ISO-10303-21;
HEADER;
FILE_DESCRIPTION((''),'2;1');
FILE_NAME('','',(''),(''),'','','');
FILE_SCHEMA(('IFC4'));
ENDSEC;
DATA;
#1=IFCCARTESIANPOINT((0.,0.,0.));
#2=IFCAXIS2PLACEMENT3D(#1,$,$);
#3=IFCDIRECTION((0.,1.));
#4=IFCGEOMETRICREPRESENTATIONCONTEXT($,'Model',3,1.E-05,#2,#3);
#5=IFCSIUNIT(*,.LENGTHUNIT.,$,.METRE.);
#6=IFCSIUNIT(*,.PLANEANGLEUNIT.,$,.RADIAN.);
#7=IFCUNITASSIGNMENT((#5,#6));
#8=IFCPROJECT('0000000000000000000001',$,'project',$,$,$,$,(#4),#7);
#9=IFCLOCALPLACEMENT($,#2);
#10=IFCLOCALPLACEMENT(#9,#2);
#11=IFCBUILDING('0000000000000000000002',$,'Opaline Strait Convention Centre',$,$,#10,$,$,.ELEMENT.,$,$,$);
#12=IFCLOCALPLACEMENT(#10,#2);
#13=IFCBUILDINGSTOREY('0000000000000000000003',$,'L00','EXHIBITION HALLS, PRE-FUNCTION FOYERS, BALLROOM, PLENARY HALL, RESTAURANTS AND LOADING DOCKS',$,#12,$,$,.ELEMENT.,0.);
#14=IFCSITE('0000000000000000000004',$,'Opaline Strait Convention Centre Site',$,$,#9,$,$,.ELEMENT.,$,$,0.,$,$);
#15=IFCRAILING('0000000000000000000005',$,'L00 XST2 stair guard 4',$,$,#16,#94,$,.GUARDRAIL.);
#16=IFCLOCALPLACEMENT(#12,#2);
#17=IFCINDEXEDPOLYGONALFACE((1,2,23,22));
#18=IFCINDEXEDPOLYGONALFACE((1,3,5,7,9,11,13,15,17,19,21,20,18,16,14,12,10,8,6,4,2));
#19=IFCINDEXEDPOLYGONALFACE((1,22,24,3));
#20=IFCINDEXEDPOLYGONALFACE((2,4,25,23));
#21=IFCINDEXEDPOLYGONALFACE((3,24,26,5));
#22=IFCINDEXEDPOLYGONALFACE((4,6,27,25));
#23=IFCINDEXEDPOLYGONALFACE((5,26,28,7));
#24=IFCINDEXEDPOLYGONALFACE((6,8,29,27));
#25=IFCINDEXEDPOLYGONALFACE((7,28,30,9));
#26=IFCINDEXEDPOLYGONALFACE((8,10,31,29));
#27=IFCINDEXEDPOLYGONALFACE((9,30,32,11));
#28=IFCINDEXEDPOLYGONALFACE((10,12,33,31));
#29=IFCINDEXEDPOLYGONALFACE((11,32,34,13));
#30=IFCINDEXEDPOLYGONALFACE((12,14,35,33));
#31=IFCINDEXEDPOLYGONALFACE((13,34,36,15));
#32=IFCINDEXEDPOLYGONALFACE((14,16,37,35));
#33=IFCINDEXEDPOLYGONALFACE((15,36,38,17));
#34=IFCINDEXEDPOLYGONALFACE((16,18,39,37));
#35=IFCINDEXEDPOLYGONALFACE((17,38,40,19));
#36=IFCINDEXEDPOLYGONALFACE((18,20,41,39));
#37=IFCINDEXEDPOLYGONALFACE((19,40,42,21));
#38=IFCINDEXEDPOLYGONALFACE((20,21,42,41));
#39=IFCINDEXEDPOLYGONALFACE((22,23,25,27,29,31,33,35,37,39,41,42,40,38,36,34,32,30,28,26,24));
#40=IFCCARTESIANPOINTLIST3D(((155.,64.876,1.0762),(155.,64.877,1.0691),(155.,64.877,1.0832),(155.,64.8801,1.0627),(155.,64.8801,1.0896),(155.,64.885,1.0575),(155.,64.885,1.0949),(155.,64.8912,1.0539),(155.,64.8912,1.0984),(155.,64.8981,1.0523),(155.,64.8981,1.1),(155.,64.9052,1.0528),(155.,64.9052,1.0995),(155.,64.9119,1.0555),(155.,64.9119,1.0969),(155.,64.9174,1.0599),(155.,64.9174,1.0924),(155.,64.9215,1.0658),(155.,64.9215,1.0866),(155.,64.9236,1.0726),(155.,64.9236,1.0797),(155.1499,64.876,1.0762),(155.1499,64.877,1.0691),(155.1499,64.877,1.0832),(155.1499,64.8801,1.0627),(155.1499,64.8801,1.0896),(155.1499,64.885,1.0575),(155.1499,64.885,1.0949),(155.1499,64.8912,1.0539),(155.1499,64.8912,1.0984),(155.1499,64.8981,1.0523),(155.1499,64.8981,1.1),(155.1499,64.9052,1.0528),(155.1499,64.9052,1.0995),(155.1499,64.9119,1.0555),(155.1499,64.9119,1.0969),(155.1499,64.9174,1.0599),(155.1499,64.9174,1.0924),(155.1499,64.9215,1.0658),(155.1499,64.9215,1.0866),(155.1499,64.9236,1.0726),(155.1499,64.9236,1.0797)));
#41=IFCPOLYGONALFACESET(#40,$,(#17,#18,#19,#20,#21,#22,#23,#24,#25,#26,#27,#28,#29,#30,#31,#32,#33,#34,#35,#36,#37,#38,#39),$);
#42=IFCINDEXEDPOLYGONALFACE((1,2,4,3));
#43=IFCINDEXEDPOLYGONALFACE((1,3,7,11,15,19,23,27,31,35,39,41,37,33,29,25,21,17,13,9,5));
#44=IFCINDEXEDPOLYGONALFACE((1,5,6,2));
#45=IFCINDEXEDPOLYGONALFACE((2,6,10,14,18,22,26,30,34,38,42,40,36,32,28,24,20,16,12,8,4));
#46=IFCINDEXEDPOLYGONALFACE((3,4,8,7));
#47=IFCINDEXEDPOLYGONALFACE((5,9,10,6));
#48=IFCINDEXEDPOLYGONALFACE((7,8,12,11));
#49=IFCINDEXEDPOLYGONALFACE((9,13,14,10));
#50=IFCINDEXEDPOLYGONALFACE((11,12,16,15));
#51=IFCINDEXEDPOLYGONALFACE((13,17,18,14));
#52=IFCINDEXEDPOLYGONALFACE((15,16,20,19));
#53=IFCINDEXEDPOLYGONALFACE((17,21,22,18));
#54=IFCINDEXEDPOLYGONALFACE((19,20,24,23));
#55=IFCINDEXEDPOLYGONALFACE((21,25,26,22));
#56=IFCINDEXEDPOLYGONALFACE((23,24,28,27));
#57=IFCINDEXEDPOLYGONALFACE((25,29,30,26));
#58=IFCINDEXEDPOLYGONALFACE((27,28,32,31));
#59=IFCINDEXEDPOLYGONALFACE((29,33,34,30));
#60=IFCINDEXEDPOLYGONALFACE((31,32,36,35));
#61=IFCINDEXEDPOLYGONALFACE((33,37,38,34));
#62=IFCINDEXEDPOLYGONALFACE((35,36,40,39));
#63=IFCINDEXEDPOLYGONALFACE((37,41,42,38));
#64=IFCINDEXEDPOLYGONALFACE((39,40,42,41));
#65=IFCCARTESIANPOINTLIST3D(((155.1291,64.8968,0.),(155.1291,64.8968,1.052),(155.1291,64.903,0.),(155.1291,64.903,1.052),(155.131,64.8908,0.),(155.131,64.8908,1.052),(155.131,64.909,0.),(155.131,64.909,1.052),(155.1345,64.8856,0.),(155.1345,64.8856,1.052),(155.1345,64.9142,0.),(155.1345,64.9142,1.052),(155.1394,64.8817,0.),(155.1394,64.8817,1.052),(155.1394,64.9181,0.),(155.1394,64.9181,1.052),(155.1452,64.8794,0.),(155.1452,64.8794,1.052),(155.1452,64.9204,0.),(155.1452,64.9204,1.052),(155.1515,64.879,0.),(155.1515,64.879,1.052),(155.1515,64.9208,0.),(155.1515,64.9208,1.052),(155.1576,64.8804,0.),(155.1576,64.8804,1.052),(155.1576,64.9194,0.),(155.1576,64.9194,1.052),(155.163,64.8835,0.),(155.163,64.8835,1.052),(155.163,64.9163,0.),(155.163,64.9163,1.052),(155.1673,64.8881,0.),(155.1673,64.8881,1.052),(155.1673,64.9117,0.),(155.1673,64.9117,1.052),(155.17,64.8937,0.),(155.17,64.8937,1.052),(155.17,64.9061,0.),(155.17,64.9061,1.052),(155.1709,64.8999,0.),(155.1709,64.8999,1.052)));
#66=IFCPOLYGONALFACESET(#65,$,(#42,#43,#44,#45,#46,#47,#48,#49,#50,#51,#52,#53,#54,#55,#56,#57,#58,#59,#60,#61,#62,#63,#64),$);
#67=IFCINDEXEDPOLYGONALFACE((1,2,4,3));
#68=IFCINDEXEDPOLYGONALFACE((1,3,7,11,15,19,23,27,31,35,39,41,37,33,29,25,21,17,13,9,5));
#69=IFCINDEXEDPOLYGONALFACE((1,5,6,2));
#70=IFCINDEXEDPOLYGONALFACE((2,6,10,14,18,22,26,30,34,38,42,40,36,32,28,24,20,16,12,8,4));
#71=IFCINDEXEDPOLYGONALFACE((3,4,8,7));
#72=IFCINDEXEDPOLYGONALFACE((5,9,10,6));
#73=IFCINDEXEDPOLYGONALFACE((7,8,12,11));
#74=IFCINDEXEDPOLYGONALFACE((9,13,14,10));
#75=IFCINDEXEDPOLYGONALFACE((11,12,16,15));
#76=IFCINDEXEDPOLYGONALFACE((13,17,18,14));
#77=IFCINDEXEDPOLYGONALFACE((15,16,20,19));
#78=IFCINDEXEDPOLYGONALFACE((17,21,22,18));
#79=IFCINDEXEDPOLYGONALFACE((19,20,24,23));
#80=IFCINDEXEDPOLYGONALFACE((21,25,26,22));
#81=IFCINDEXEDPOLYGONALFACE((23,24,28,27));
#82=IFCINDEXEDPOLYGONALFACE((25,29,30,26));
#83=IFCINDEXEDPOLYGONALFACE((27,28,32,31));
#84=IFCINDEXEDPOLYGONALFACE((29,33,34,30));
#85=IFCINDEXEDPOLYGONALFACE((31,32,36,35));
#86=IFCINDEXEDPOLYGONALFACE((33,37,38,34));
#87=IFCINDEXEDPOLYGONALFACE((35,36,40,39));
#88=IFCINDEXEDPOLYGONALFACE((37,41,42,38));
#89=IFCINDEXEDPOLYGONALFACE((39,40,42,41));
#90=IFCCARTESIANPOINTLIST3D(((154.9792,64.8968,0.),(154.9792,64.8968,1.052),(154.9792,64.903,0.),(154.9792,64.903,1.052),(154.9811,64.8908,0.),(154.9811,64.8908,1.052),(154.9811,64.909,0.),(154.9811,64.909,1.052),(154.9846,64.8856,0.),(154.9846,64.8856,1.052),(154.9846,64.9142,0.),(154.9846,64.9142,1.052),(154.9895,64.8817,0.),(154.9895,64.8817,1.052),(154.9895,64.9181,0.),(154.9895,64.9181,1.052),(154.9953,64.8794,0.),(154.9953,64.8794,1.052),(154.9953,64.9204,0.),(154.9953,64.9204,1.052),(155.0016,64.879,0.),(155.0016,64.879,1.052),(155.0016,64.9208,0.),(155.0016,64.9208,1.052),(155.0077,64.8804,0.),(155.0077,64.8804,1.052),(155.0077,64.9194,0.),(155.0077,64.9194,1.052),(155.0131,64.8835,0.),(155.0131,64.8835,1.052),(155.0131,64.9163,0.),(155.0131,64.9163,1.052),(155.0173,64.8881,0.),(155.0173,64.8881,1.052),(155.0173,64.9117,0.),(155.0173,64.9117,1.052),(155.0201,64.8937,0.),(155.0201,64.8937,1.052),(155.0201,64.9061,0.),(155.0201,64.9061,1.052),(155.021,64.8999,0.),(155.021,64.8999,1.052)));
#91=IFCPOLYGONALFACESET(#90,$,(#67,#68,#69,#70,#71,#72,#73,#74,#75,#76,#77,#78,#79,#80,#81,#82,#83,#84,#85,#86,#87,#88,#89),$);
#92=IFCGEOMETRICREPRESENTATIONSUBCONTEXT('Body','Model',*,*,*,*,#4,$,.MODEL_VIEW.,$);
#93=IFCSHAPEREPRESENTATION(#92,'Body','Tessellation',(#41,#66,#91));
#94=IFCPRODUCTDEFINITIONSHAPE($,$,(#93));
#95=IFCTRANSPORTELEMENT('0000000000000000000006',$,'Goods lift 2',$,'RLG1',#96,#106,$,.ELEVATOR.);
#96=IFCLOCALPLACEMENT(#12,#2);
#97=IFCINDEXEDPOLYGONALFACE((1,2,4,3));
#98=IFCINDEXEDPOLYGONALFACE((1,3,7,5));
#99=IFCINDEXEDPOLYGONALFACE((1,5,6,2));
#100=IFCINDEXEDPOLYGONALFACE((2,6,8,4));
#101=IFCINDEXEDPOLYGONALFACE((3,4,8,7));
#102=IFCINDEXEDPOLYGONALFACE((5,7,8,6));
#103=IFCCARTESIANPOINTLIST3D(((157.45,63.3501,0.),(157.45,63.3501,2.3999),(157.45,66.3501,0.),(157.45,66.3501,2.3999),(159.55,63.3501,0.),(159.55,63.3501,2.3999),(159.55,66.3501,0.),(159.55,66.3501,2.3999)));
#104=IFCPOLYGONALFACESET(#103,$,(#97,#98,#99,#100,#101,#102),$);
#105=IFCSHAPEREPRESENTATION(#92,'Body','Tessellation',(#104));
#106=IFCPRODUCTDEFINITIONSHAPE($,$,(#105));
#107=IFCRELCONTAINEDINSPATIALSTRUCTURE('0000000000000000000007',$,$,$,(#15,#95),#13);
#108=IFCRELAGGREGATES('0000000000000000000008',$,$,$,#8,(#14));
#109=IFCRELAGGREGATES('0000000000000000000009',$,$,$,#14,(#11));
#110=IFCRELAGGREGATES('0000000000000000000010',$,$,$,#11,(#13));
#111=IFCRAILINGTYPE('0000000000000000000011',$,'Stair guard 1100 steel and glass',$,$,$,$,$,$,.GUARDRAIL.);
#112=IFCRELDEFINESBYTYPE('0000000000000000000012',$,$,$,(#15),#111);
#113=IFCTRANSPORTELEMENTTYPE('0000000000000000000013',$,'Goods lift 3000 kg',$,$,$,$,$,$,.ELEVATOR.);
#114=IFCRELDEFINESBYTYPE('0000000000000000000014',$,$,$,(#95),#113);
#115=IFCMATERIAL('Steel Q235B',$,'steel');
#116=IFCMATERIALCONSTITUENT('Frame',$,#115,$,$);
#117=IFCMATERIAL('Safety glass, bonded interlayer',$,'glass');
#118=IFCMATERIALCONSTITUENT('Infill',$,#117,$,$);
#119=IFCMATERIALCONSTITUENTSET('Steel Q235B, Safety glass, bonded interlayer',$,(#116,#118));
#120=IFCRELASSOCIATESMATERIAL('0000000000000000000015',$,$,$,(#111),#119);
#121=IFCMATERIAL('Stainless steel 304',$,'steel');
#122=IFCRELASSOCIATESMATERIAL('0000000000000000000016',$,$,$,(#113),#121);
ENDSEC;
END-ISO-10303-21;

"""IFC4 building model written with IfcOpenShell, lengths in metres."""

from ifc_helpers import new_model, si_unit, direction, frame, origin, origin_2d, place, context, subcontext, project, spatial, rectangle, circle, extrude, material, constituent, constituent_set, type_object, element, save


model = new_model("IFC4")

# Units and contexts
model_context = context("Model", 3, precision=1e-05, world=origin(), true_north=direction((0.0, 1.0)))
body_context = subcontext(model_context, "Body", "Model", "MODEL_VIEW")
ifc_project = project(units=[si_unit("LENGTHUNIT", "METRE"), si_unit("PLANEANGLEUNIT", "RADIAN")], contexts=[model_context])

# Site, building, storey
site_placement = place(None, origin())
site = spatial("IfcSite", under=ifc_project, at=site_placement, Name="Opaline Strait Convention Centre Site", CompositionType="ELEMENT", RefElevation=0.0)
building_placement = place(site_placement, origin())
building = spatial("IfcBuilding", under=site, at=building_placement, Name="Opaline Strait Convention Centre", CompositionType="ELEMENT")
storey_placement = place(building_placement, origin())
storey = spatial("IfcBuildingStorey", under=building, at=storey_placement, Name="L00", Description="EXHIBITION HALLS, PRE-FUNCTION FOYERS, BALLROOM, PLENARY HALL, RESTAURANTS AND LOADING DOCKS", CompositionType="ELEMENT", Elevation=0.0)

# Railing
ifc_material_1 = material(Name="Steel Q235B", Category="steel")
ifc_constituent_1 = constituent(ifc_material_1, Name="Frame")
ifc_material_2 = material(Name="Safety glass, bonded interlayer", Category="glass")
ifc_constituent_2 = constituent(ifc_material_2, Name="Infill")
ifc_constituent_set = constituent_set(constituents=[ifc_constituent_1, ifc_constituent_2], Name="Steel Q235B, Safety glass, bonded interlayer")
railing_type_1 = type_object("IfcRailingType", Name="Stair guard 1100 steel and glass", PredefinedType="GUARDRAIL", material=ifc_constituent_set)
railing_1_placement = place(storey_placement, frame((155.1499, 64.8999, 0.0)))
element("IfcRailing", 1, at=railing_1_placement, inside=storey, type_object=railing_type_1, Name="L00 XST2 stair guard 4", PredefinedType="GUARDRAIL", context=body_context, shape_type="SweptSolid", body=[
    extrude(circle(Radius=0.0239, at=origin_2d()), frame((0.0, 0.0, 1.0762), z_axis=(-1.0, 0.0, 0.0), x_axis=(0.0, -1.0, 0.0)), (0.0, 0.0, 1.0), 0.1499),
    extrude(circle(Radius=0.021, at=origin_2d()), origin(), (0.0, 0.0, 1.0), 1.052),
    extrude(circle(Radius=0.021, at=origin_2d()), frame((-0.1499, 0.0, 0.0)), (0.0, 0.0, 1.0), 1.052),
])
ifc_material_3 = material(Name="Stainless steel 304", Category="steel")

# Transport element
transport_element_type = type_object("IfcTransportElementType", Name="Goods lift 3000 kg", PredefinedType="ELEVATOR", material=ifc_material_3)
transport_element_placement = place(storey_placement, frame((158.5, 64.8501, 0.0), z_axis=(0.0, 0.0, 1.0), x_axis=(1.0, 0.0, 0.0)))
element("IfcTransportElement", 2, at=transport_element_placement, inside=storey, type_object=transport_element_type, Name="Goods lift 2", ObjectType="RLG1", PredefinedType="ELEVATOR", context=body_context, shape_type="SweptSolid", body=[
    extrude(rectangle(XDim=2.1001, YDim=3.0, at=origin_2d()), origin(), (0.0, 0.0, 1.0), 2.3999),
])

save(model, "model.ifc")
